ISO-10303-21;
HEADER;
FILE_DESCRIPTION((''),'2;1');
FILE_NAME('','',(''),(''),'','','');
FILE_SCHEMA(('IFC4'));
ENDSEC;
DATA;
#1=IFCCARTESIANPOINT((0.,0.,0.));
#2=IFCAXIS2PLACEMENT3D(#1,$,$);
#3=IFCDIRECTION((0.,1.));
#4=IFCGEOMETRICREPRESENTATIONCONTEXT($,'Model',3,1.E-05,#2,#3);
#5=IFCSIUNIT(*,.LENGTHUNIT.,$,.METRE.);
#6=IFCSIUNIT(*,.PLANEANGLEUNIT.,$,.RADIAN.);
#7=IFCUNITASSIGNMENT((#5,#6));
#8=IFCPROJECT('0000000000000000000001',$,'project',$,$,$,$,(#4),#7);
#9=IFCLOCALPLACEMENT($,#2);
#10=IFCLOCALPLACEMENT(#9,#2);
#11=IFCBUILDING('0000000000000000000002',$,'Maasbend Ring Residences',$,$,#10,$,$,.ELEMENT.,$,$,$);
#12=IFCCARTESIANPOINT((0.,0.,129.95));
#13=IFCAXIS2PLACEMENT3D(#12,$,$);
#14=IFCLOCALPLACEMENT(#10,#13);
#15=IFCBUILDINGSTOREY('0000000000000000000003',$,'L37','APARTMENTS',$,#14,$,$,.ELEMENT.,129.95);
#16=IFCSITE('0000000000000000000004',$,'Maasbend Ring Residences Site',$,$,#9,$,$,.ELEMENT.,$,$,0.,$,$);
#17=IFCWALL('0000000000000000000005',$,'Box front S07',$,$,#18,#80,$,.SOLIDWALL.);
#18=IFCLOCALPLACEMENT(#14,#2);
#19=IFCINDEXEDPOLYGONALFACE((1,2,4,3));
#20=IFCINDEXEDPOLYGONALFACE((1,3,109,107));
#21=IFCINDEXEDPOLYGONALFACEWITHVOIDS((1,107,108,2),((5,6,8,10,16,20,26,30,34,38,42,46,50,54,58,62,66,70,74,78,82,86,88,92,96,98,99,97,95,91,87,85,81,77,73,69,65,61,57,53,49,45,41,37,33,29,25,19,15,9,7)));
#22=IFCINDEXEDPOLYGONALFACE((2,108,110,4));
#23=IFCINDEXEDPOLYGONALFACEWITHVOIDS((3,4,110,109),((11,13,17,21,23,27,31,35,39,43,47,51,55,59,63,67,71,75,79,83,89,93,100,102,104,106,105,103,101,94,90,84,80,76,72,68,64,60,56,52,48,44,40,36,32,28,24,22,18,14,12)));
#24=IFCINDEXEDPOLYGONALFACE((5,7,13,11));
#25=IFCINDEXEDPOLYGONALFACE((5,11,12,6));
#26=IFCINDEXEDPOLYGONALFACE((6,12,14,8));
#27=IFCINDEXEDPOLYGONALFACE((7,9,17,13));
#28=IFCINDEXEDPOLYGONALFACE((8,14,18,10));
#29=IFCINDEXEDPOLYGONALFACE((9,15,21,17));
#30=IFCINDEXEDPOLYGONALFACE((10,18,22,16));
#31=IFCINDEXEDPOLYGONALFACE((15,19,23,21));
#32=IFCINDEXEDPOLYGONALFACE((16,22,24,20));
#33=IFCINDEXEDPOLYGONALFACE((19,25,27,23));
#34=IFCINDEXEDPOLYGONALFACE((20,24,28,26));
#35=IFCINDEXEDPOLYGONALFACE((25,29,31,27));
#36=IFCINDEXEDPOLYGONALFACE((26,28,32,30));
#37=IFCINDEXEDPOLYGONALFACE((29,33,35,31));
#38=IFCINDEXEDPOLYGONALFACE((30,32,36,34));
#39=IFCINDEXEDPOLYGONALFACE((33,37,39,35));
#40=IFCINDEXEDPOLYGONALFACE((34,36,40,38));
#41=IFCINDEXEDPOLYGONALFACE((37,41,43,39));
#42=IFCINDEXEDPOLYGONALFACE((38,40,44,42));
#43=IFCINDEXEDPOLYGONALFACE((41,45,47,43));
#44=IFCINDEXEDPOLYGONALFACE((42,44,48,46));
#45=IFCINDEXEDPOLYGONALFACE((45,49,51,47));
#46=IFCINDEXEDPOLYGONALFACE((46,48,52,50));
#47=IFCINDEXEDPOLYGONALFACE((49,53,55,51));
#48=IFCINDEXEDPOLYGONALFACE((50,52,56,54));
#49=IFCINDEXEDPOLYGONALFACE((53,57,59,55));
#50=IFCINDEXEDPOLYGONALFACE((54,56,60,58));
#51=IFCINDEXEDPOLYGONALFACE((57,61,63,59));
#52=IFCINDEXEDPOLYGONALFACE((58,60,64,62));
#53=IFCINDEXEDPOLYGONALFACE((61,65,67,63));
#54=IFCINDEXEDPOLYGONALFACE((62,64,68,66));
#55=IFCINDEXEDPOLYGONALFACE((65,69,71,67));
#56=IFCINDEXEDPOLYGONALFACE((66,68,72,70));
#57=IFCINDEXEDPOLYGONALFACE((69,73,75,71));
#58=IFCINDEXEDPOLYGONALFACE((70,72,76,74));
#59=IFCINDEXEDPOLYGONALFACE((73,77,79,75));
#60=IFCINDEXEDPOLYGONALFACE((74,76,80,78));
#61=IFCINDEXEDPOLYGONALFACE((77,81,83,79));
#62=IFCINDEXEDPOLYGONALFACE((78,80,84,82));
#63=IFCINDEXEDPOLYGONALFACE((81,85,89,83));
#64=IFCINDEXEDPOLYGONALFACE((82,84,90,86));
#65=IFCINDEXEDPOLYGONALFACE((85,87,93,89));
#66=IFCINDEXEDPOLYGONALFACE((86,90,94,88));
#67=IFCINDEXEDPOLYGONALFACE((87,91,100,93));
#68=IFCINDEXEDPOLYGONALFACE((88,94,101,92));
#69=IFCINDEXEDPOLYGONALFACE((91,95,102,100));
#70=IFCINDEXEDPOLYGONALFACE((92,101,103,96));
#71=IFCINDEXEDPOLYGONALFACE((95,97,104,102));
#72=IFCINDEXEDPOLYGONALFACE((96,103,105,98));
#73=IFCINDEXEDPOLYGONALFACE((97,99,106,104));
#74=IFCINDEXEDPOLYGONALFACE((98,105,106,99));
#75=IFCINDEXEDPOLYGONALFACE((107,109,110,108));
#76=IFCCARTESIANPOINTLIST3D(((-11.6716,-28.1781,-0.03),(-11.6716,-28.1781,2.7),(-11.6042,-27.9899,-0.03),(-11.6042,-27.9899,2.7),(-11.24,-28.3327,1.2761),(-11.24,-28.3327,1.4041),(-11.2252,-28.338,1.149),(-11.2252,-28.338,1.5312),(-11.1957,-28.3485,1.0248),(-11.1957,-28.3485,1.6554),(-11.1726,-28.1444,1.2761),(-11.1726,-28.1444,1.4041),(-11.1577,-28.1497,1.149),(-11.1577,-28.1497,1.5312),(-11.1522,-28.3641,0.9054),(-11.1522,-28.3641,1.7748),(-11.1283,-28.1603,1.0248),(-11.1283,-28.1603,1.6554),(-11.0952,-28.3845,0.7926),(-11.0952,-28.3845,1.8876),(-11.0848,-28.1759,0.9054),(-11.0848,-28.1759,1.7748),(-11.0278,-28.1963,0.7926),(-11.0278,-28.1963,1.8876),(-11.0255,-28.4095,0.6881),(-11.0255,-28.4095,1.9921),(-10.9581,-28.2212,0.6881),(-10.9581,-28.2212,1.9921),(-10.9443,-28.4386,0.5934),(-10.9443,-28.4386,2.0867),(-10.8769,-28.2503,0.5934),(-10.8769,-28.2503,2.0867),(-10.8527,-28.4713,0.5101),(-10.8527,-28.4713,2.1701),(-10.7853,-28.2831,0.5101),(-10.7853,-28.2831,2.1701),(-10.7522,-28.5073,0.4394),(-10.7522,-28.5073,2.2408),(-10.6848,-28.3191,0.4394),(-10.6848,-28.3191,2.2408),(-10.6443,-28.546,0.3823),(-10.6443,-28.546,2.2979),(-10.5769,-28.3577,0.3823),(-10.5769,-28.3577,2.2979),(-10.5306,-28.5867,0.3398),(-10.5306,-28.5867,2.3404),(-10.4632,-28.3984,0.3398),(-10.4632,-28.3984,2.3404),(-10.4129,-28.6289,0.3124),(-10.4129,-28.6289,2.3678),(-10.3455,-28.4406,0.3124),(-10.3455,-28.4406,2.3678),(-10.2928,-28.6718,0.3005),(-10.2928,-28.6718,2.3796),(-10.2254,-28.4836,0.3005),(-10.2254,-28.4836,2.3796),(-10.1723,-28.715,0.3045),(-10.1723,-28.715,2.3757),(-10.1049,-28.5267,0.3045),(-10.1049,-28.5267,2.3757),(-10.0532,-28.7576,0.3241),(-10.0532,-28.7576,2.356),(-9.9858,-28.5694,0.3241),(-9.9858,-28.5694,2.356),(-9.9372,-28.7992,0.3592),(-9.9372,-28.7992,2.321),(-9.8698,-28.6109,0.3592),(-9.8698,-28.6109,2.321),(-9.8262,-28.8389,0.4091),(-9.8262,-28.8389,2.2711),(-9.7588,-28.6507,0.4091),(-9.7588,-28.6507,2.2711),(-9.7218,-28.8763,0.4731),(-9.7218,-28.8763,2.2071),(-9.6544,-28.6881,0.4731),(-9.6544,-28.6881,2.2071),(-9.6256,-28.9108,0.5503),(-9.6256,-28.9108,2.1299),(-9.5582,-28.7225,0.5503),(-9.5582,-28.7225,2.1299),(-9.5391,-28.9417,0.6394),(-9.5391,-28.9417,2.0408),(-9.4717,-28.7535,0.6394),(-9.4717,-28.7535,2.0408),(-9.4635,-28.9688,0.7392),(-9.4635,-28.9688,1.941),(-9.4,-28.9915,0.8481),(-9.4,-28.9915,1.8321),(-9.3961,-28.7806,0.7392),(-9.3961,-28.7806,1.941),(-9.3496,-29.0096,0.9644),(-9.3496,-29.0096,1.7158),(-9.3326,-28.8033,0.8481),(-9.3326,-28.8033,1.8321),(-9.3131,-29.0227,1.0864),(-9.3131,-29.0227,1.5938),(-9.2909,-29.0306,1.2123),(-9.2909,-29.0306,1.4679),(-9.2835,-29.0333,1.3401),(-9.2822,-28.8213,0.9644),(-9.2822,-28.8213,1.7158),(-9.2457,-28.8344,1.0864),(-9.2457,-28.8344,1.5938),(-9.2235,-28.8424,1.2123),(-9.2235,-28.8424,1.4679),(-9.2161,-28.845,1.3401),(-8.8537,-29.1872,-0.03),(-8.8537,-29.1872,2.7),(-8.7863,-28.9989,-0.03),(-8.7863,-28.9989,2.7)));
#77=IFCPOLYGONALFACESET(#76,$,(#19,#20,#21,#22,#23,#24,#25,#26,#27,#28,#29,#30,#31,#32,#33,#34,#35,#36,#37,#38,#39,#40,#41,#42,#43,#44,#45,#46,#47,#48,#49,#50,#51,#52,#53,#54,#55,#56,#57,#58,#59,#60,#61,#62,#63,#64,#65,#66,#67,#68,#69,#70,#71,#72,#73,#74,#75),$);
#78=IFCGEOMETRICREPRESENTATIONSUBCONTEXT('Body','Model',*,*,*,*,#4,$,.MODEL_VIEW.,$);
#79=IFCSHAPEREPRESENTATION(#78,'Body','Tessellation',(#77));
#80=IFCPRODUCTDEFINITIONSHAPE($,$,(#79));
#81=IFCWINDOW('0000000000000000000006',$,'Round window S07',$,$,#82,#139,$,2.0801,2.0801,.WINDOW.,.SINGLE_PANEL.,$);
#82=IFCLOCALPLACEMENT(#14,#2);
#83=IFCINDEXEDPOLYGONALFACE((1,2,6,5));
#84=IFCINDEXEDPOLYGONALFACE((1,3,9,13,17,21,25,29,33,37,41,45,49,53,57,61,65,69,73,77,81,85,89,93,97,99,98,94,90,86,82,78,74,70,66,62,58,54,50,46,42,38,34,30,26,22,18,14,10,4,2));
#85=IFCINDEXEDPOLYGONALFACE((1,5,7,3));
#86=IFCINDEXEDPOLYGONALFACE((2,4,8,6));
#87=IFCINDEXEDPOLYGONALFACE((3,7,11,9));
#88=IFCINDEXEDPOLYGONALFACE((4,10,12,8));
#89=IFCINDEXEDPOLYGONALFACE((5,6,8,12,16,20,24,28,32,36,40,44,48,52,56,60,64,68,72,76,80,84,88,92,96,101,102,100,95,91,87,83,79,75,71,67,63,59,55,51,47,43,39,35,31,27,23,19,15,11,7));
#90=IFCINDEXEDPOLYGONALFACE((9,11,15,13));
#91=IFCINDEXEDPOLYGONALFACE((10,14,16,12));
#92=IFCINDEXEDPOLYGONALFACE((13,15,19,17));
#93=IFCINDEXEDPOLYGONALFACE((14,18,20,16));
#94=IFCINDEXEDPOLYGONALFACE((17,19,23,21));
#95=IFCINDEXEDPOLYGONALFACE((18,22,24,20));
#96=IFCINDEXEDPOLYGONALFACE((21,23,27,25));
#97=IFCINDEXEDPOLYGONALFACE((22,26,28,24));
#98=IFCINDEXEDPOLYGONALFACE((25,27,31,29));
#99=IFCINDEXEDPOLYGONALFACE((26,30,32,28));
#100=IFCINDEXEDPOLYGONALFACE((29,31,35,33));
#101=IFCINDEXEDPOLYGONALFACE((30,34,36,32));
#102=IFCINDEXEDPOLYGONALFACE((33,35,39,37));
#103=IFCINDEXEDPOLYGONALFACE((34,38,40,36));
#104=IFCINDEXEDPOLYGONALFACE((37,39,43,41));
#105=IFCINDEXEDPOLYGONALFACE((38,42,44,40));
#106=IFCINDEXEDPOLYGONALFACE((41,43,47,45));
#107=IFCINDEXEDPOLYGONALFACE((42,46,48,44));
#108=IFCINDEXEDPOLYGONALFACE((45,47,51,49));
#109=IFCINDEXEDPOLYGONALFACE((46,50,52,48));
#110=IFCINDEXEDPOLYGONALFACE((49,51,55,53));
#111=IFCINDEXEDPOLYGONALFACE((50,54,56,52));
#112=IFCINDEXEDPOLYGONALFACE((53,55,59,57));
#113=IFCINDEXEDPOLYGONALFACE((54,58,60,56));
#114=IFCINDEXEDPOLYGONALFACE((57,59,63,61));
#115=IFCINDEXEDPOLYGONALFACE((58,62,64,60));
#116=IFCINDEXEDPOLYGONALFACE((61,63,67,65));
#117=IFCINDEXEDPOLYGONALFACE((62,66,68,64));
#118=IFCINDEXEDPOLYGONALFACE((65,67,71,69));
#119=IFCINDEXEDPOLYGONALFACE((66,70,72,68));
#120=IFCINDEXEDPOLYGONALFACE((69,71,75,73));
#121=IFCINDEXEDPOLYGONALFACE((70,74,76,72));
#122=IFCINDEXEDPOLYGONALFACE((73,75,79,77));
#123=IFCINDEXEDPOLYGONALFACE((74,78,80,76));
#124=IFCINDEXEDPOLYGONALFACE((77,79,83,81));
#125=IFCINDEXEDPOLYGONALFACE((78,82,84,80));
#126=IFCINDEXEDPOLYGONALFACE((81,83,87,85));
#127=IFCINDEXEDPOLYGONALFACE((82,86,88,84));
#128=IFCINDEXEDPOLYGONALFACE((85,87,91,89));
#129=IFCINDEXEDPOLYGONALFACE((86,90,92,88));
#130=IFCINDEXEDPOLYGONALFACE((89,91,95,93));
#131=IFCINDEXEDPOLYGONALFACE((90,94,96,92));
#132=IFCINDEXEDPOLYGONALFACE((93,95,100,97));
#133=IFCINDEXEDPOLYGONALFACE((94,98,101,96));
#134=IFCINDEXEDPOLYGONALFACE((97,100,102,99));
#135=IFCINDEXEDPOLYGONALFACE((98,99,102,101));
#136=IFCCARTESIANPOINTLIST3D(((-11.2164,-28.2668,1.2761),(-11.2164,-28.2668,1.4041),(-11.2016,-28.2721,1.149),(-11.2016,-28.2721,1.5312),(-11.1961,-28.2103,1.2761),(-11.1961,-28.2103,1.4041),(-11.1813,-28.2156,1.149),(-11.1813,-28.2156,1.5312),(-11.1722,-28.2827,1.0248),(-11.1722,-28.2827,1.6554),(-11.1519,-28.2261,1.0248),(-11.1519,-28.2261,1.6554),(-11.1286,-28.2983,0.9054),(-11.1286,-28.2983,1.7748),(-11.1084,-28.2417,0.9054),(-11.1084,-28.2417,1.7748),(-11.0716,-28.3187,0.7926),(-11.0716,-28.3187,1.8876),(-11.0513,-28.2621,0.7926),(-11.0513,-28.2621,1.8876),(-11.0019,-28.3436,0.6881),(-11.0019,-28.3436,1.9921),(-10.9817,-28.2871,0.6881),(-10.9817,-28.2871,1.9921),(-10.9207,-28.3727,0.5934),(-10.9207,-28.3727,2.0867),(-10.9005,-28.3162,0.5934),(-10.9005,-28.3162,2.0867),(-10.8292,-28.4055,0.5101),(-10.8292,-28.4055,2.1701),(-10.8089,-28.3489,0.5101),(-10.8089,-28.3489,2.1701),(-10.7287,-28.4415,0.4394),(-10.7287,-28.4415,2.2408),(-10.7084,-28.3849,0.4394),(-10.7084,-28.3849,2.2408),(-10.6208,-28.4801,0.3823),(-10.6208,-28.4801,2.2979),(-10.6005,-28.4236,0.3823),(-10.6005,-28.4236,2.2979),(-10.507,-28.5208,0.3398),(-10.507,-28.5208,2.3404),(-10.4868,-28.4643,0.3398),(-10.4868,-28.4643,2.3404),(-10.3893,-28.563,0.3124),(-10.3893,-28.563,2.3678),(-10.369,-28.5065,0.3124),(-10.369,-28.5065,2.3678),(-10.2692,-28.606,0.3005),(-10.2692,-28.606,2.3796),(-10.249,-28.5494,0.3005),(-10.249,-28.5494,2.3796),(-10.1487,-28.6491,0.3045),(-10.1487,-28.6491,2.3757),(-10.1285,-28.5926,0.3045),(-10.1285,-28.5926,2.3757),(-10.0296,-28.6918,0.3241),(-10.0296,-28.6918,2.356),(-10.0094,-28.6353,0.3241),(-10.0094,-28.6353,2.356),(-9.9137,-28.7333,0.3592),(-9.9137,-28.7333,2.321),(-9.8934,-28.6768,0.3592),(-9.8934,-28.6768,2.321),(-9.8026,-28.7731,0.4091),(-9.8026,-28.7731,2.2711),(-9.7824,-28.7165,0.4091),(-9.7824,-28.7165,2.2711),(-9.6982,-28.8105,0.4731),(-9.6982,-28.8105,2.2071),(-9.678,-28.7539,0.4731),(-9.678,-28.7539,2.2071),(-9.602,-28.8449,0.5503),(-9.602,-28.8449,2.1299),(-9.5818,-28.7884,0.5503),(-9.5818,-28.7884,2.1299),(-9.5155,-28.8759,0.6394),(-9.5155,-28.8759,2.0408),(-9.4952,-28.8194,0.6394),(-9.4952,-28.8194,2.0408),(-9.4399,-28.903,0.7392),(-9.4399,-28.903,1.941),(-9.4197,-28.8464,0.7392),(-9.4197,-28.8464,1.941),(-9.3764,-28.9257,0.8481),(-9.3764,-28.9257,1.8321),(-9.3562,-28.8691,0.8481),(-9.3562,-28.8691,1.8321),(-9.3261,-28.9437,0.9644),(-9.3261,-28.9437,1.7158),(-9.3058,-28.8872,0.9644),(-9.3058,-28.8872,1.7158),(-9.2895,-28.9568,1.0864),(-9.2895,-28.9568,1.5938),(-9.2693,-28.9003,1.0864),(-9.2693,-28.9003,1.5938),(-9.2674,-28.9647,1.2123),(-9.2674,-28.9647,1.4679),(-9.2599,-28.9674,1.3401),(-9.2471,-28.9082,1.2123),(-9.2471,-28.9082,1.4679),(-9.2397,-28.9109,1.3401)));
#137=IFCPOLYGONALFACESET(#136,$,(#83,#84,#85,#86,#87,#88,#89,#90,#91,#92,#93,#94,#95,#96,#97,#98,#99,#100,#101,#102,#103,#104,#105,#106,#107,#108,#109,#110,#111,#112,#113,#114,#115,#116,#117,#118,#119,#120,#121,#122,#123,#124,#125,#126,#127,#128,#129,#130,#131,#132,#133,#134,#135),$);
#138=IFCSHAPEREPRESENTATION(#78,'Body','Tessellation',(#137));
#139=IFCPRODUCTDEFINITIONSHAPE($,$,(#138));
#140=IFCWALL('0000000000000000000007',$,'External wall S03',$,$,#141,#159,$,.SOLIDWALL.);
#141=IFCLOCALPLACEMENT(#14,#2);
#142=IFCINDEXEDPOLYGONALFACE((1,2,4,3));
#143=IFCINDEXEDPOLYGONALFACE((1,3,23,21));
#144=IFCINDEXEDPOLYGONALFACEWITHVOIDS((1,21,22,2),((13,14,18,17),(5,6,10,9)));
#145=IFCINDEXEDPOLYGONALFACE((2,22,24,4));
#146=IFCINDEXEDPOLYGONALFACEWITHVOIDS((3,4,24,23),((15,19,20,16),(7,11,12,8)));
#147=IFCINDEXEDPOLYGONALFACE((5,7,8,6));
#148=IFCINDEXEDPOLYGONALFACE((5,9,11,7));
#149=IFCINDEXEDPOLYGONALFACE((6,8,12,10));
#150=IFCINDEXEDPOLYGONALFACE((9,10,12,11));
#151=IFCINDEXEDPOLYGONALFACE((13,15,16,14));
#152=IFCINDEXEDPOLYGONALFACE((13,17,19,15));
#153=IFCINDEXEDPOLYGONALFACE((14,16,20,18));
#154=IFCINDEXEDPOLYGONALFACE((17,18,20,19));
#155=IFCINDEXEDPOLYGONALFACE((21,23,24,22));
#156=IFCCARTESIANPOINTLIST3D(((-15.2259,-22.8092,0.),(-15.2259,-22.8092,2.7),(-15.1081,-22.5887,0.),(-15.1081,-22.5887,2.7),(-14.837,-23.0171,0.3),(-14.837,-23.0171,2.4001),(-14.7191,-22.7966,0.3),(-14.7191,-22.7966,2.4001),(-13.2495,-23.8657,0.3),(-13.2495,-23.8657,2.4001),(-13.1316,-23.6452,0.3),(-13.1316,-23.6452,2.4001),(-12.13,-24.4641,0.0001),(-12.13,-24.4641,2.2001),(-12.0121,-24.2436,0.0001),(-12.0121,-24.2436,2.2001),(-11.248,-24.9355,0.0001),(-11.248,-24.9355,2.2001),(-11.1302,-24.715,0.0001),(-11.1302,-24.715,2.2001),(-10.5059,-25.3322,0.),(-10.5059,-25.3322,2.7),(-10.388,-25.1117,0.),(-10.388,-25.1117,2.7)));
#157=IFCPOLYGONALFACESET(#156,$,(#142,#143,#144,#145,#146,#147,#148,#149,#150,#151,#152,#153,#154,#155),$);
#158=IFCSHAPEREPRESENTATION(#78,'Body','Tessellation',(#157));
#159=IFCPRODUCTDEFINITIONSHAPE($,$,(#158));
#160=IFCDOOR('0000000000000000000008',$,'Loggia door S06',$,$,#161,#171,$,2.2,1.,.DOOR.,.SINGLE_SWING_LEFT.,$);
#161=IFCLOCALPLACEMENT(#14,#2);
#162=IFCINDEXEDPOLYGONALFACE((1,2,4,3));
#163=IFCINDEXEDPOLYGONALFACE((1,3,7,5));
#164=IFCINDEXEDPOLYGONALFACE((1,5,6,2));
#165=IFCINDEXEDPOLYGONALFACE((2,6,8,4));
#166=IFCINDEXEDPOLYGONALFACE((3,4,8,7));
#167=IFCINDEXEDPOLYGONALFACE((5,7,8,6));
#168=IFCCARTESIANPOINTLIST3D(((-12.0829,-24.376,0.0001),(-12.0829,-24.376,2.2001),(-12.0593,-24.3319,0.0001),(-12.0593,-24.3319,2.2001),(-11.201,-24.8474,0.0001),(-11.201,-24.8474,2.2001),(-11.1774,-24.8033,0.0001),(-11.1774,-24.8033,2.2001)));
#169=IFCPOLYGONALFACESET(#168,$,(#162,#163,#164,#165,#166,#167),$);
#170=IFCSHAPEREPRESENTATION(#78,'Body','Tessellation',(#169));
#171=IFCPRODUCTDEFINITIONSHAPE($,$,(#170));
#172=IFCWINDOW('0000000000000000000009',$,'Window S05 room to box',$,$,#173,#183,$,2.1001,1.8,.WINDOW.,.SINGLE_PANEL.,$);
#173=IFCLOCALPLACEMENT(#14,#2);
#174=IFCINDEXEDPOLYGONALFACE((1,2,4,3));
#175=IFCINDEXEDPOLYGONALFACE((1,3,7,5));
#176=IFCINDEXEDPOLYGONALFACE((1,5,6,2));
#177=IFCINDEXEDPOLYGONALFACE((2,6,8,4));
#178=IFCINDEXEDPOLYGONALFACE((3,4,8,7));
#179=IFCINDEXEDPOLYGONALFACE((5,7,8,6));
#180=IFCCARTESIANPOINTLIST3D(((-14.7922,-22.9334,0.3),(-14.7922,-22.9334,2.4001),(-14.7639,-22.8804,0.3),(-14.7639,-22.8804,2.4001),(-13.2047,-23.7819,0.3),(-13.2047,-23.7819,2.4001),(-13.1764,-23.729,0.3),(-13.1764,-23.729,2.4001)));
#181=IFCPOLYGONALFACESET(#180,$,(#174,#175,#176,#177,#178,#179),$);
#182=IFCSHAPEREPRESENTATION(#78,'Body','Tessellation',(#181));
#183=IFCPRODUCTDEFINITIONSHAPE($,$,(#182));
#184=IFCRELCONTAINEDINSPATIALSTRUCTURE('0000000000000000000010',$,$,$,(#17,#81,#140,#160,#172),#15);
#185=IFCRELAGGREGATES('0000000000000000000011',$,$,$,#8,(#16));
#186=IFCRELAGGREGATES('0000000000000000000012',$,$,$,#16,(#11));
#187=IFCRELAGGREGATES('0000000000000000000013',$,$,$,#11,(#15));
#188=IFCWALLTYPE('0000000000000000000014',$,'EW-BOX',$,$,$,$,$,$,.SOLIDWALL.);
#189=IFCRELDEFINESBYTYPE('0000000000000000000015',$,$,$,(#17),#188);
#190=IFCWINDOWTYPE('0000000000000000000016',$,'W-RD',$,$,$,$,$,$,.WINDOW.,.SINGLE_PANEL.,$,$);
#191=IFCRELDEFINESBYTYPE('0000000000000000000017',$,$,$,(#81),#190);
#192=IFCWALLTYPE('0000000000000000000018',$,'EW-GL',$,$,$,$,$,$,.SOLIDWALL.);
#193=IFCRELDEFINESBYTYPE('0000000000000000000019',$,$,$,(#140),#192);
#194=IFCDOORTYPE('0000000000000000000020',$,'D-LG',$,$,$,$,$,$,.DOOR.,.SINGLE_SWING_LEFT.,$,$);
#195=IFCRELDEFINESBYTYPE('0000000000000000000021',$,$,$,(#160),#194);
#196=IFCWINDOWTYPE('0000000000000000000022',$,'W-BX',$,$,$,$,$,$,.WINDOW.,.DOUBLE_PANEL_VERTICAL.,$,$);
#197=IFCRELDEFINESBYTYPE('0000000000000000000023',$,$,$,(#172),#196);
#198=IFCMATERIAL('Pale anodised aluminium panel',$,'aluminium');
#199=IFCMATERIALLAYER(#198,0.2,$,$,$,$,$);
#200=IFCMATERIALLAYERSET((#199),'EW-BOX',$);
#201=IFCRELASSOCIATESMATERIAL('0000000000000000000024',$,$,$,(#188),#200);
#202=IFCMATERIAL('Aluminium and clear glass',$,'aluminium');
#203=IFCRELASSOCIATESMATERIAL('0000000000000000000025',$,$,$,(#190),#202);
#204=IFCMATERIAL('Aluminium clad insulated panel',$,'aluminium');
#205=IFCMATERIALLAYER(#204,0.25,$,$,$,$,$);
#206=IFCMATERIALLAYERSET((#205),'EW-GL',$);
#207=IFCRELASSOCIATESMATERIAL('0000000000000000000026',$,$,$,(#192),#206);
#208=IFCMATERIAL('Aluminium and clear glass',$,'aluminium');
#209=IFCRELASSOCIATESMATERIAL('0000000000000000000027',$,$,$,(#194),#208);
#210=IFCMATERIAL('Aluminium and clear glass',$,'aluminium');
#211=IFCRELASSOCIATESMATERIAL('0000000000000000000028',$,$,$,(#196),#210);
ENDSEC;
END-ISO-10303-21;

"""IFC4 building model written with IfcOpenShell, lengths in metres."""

from ifc_helpers import new_model, si_unit, direction, frame, frame_2d, origin, place, context, subcontext, project, spatial, rectangle, circle, extrude, material, layer, layer_set, type_object, element, fill, save


model = new_model("IFC4")

# Units and contexts
model_context = context("Model", 3, precision=1e-05, world=origin(), true_north=direction((0.0, 1.0)))
body_context = subcontext(model_context, "Body", "Model", "MODEL_VIEW")
ifc_project = project(units=[si_unit("LENGTHUNIT", "METRE"), si_unit("PLANEANGLEUNIT", "RADIAN")], contexts=[model_context])

# Site, building, storey
site_placement = place(None, origin())
site = spatial("IfcSite", under=ifc_project, at=site_placement, Name="Maasbend Ring Residences Site", CompositionType="ELEMENT", RefElevation=0.0)
building_placement = place(site_placement, origin())
building = spatial("IfcBuilding", under=site, at=building_placement, Name="Maasbend Ring Residences", CompositionType="ELEMENT")
storey_placement = place(building_placement, frame((0.0, 0.0, 129.95)))
storey = spatial("IfcBuildingStorey", under=building, at=storey_placement, Name="L37", Description="APARTMENTS", CompositionType="ELEMENT", Elevation=129.95)

# Shared definitions
ifc_material_1 = material(Name="Pale anodised aluminium panel", Category="aluminium")
ifc_layer_1 = layer(ifc_material_1, 0.2)
ifc_layer_set_1 = layer_set([ifc_layer_1], Name="EW-BOX")
wall_type_1 = type_object("IfcWallType", Name="EW-BOX", PredefinedType="SOLIDWALL", material=ifc_layer_set_1)
ifc_material_2 = material(Name="Aluminium and clear glass", Category="aluminium")
window_type_1 = type_object("IfcWindowType", Name="W-RD", PartitioningType="SINGLE_PANEL", PredefinedType="WINDOW", material=ifc_material_2)

# Wall, opening, window
wall_1_placement = place(storey_placement, frame((-11.6379, -28.084, -0.03), z_axis=(0.0, 0.0, 1.0), x_axis=(0.941461, -0.337122, 0.0)))
wall_1 = element("IfcWall", 1, at=wall_1_placement, inside=storey, type_object=wall_type_1, Name="Box front S07", PredefinedType="SOLIDWALL", context=body_context, shape_type="SweptSolid", body=[
    extrude(rectangle(XDim=2.9932, YDim=0.2, at=frame_2d((1.4966, 0.0))), origin(), (0.0, 0.0, 1.0), 2.73),
])
opening_1_placement = place(wall_1_placement, frame((0.4565, 0.0, 0.3301)))
opening_1 = element("IfcOpeningElement", 2, at=opening_1_placement, cuts=wall_1, PredefinedType="OPENING", context=body_context, shape_type="SweptSolid", body=[
    extrude(circle(Radius=1.04, at=frame_2d((1.04, 1.04))), frame((0.0, 0.1099, 0.0), z_axis=(0.0, -1.0, 0.0), x_axis=(1.0, 0.0, 0.0)), (0.0, 0.0, 1.0), 0.22),
])
window_1_placement = place(opening_1_placement, origin())
window_1 = element("IfcWindow", 3, at=window_1_placement, inside=storey, type_object=window_type_1, Name="Round window S07", OverallHeight=2.0801, OverallWidth=2.0801, PartitioningType="SINGLE_PANEL", PredefinedType="WINDOW", context=body_context, shape_type="SweptSolid", body=[
    extrude(circle(Radius=1.04, at=frame_2d((1.04, 1.04))), frame((0.0, 0.03, 0.0), z_axis=(0.0, -1.0, 0.0), x_axis=(1.0, 0.0, 0.0)), (0.0, 0.0, 1.0), 0.0601),
])
fill(opening_1, window_1)

# Wall, openings, door, window
ifc_material_3 = material(Name="Aluminium clad insulated panel", Category="aluminium")
ifc_layer_2 = layer(ifc_material_3, 0.25)
ifc_layer_set_2 = layer_set([ifc_layer_2], Name="EW-GL")
wall_type_2 = type_object("IfcWallType", Name="EW-GL", PredefinedType="SOLIDWALL", material=ifc_layer_set_2)
wall_2_placement = place(storey_placement, frame((-15.167, -22.699, 0.0), z_axis=(0.0, 0.0, 1.0), x_axis=(0.881916, -0.471407, 0.0)))
wall_2 = element("IfcWall", 4, at=wall_2_placement, inside=storey, type_object=wall_type_2, Name="External wall S03", PredefinedType="SOLIDWALL", context=body_context, shape_type="SweptSolid", body=[
    extrude(rectangle(XDim=5.3521, YDim=0.25, at=frame_2d((2.676, 0.0))), origin(), (0.0, 0.0, 1.0), 2.7),
])
opening_2_placement = place(wall_2_placement, frame((0.4412, 0.0, 0.3)))
opening_2 = element("IfcOpeningElement", 5, at=opening_2_placement, cuts=wall_2, PredefinedType="OPENING", context=body_context, shape_type="SweptSolid", body=[
    extrude(rectangle(XDim=1.8, YDim=2.1001, at=frame_2d((0.8999, 1.05))), frame((0.0, 0.135, 0.0), z_axis=(0.0, -1.0, 0.0), x_axis=(1.0, 0.0, 0.0)), (0.0, 0.0, 1.0), 0.27),
])
opening_3_placement = place(wall_2_placement, frame((3.5105, 0.0, 0.0)))
opening_3 = element("IfcOpeningElement", 6, at=opening_3_placement, cuts=wall_2, PredefinedType="OPENING", context=body_context, shape_type="SweptSolid", body=[
    extrude(rectangle(XDim=1.0, YDim=2.2, at=frame_2d((0.5, 1.1001))), frame((0.0, 0.135, 0.0), z_axis=(0.0, -1.0, 0.0), x_axis=(1.0, 0.0, 0.0)), (0.0, 0.0, 1.0), 0.27),
])
ifc_material_4 = material(Name="Aluminium and clear glass", Category="aluminium")
door_type_1 = type_object("IfcDoorType", Name="D-LG", OperationType="SINGLE_SWING_LEFT", PredefinedType="DOOR", material=ifc_material_4)
door_1_placement = place(opening_3_placement, origin())
door_1 = element("IfcDoor", 7, at=door_1_placement, inside=storey, type_object=door_type_1, Name="Loggia door S06", OperationType="SINGLE_SWING_LEFT", OverallHeight=2.2, OverallWidth=1.0, PredefinedType="DOOR", context=body_context, shape_type="SweptSolid", body=[
    extrude(rectangle(XDim=1.0, YDim=2.2, at=frame_2d((0.5, 1.1001))), frame((0.0, 0.0249, 0.0), z_axis=(0.0, -1.0, 0.0), x_axis=(1.0, 0.0, 0.0)), (0.0, 0.0, 1.0), 0.05),
])
fill(opening_3, door_1)
ifc_material_5 = material(Name="Aluminium and clear glass", Category="aluminium")
window_type_2 = type_object("IfcWindowType", Name="W-BX", PartitioningType="DOUBLE_PANEL_VERTICAL", PredefinedType="WINDOW", material=ifc_material_5)
window_2_placement = place(opening_2_placement, origin())
window_2 = element("IfcWindow", 8, at=window_2_placement, inside=storey, type_object=window_type_2, Name="Window S05 room to box", OverallHeight=2.1001, OverallWidth=1.8, PartitioningType="SINGLE_PANEL", PredefinedType="WINDOW", context=body_context, shape_type="SweptSolid", body=[
    extrude(rectangle(XDim=1.8, YDim=2.1001, at=frame_2d((0.8999, 1.05))), frame((0.0, 0.03, 0.0), z_axis=(0.0, -1.0, 0.0), x_axis=(1.0, 0.0, 0.0)), (0.0, 0.0, 1.0), 0.0601),
])
fill(opening_2, window_2)

save(model, "model.ifc")
